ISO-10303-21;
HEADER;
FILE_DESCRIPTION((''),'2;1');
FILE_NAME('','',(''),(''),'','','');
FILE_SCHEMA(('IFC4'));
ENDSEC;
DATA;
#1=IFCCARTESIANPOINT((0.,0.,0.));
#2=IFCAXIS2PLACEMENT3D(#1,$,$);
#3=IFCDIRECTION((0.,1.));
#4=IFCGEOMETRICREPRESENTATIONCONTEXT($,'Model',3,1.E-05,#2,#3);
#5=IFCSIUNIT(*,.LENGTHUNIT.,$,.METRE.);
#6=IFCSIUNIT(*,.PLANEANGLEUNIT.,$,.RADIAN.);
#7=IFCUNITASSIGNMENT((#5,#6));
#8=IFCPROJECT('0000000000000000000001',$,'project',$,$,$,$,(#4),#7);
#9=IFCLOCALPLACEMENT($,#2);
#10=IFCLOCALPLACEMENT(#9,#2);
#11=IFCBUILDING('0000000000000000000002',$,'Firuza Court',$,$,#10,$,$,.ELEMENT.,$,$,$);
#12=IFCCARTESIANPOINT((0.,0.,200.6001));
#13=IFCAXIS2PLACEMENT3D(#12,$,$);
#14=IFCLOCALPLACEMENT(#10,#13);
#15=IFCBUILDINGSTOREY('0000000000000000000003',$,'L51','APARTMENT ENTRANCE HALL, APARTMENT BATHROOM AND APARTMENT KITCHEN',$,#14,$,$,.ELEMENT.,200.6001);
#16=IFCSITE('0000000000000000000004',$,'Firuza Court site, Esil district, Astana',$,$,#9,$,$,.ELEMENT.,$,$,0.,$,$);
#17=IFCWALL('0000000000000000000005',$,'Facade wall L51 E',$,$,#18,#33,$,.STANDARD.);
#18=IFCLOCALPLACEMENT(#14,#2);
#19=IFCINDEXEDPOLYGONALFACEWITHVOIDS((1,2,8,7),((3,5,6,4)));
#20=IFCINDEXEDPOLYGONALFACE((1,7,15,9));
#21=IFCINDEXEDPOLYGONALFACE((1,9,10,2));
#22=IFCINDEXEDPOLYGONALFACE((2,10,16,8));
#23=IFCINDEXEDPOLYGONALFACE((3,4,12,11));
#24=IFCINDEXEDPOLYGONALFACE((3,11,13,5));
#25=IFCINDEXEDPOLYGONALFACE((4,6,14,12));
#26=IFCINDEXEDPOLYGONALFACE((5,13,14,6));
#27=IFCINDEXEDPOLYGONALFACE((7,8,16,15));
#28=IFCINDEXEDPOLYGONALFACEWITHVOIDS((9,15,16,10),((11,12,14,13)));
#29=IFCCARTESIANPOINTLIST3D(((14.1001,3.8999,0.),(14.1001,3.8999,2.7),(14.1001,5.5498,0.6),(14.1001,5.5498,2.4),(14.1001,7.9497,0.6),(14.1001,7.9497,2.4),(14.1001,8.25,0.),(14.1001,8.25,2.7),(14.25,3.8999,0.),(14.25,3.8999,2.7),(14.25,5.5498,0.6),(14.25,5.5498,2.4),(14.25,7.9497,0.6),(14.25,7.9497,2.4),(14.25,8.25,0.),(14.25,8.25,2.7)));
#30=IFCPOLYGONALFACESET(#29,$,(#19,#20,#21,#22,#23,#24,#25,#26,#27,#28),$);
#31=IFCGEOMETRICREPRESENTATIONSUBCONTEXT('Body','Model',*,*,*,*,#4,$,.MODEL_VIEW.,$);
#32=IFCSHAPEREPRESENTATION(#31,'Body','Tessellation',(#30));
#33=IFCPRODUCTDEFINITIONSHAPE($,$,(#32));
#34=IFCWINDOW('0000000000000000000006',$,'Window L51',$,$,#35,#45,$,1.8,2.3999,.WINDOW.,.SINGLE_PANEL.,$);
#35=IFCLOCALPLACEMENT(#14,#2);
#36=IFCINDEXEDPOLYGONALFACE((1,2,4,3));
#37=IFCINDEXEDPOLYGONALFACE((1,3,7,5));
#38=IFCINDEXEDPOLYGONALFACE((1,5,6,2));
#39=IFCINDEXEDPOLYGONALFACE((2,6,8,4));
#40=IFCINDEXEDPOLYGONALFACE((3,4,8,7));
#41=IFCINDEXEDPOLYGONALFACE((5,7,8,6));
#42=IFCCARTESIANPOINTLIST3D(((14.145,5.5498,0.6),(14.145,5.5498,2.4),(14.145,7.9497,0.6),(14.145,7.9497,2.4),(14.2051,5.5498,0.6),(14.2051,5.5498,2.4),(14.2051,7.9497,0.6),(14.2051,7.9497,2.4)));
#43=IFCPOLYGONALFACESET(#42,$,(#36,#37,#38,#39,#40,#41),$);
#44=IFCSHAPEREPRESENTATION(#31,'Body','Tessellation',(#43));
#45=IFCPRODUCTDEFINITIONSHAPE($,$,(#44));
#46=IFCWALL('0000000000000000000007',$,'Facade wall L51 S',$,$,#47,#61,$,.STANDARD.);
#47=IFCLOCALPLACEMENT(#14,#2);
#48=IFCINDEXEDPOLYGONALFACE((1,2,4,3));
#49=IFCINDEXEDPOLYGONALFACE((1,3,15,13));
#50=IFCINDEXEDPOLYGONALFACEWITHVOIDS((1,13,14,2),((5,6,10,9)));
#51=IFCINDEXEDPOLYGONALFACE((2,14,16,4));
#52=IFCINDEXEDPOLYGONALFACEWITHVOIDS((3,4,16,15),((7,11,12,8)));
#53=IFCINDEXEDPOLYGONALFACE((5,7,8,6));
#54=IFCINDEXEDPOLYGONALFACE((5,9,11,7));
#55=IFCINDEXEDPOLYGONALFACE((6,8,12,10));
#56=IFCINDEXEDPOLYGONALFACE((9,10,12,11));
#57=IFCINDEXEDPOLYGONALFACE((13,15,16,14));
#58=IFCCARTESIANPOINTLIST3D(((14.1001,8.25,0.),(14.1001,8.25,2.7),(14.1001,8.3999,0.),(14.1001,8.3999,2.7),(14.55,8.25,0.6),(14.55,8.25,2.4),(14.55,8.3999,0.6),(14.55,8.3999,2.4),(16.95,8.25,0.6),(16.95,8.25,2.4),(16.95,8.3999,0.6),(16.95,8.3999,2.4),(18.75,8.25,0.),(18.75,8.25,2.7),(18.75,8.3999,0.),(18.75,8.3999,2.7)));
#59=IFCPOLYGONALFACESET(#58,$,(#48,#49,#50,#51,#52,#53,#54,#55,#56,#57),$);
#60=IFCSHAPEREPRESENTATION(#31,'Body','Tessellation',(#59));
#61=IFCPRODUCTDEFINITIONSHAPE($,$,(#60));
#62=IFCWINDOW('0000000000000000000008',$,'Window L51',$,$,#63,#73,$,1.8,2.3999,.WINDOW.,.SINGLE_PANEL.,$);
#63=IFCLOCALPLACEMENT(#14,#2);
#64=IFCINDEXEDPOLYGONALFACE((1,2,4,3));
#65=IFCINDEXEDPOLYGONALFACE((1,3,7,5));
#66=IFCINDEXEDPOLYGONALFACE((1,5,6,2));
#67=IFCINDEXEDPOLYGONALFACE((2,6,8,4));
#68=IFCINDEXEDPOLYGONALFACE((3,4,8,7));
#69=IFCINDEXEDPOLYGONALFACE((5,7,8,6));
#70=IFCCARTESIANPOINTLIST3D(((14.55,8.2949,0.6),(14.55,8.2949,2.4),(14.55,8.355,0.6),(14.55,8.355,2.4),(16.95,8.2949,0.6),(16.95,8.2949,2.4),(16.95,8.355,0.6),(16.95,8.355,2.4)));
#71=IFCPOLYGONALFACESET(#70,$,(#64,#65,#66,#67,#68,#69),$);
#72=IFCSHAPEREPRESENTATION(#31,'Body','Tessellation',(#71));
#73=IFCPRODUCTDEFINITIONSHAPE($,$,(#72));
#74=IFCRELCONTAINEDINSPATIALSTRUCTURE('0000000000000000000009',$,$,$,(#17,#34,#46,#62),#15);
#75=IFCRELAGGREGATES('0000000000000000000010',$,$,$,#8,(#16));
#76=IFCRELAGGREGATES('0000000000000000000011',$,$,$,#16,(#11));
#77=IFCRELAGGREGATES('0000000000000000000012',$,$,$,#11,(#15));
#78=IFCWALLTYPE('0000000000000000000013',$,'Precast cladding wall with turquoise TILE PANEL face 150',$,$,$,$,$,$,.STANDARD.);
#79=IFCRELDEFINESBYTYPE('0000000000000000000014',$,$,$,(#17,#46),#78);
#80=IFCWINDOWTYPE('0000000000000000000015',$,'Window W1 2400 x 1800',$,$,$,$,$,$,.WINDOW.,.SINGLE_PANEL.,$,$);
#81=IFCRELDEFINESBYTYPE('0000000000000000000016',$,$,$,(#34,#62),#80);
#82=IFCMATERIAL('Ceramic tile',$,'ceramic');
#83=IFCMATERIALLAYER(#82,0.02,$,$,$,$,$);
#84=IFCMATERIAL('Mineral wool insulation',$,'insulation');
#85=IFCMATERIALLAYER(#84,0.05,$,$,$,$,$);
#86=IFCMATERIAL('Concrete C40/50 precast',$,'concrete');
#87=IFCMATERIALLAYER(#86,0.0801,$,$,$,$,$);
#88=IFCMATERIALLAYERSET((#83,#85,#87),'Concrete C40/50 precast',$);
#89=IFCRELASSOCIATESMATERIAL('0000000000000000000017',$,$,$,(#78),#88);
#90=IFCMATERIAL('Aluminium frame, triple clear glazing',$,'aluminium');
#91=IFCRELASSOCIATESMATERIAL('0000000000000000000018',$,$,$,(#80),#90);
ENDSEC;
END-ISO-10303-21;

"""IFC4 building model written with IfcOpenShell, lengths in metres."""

from ifc_helpers import new_model, si_unit, direction, frame, frame_2d, origin, place, context, subcontext, project, spatial, rectangle, extrude, material, layer, layer_set, type_object, element, fill, save


model = new_model("IFC4")

# Units and contexts
model_context = context("Model", 3, precision=1e-05, world=origin(), true_north=direction((0.0, 1.0)))
body_context = subcontext(model_context, "Body", "Model", "MODEL_VIEW")
ifc_project = project(units=[si_unit("LENGTHUNIT", "METRE"), si_unit("PLANEANGLEUNIT", "RADIAN")], contexts=[model_context])

# Site, building, storey
site_placement = place(None, origin())
site = spatial("IfcSite", under=ifc_project, at=site_placement, Name="Firuza Court site, Esil district, Astana", CompositionType="ELEMENT", RefElevation=0.0)
building_placement = place(site_placement, origin())
building = spatial("IfcBuilding", under=site, at=building_placement, Name="Firuza Court", CompositionType="ELEMENT")
storey_placement = place(building_placement, frame((0.0, 0.0, 200.6001)))
storey = spatial("IfcBuildingStorey", under=building, at=storey_placement, Name="L51", Description="APARTMENT ENTRANCE HALL, APARTMENT BATHROOM AND APARTMENT KITCHEN", CompositionType="ELEMENT", Elevation=200.6001)

# Shared definitions
ifc_material_1 = material(Name="Ceramic tile", Category="ceramic")
ifc_layer_1 = layer(ifc_material_1, 0.02)
ifc_material_2 = material(Name="Mineral wool insulation", Category="insulation")
ifc_layer_2 = layer(ifc_material_2, 0.05)
ifc_material_3 = material(Name="Concrete C40/50 precast", Category="concrete")
ifc_layer_3 = layer(ifc_material_3, 0.0801)
ifc_layer_set_1 = layer_set([ifc_layer_1, ifc_layer_2, ifc_layer_3], Name="Concrete C40/50 precast")
wall_type_1 = type_object("IfcWallType", Name="Precast cladding wall with turquoise TILE PANEL face 150", PredefinedType="STANDARD", material=ifc_layer_set_1)

# Walls, openings, windows
wall_1_placement = place(storey_placement, frame((14.175, 3.8999, 0.0), z_axis=(0.0, 0.0, 1.0), x_axis=(0.0, 1.0, 0.0)))
wall_1 = element("IfcWall", 1, at=wall_1_placement, inside=storey, type_object=wall_type_1, Name="Facade wall L51 E", PredefinedType="STANDARD", context=body_context, shape_type="SweptSolid", body=[
    extrude(rectangle(XDim=4.3501, YDim=0.1499, at=frame_2d((2.175, 0.0))), origin(), (0.0, 0.0, 1.0), 2.7),
])
opening_1_placement = place(wall_1_placement, frame((1.6499, 0.0, 0.6001)))
opening_1 = element("IfcOpeningElement", 2, at=opening_1_placement, cuts=wall_1, PredefinedType="OPENING", context=body_context, shape_type="SweptSolid", body=[
    extrude(rectangle(XDim=2.3999, YDim=1.8, at=frame_2d((1.2, 0.8999))), frame((0.0, 0.0869, 0.0), z_axis=(0.0, -1.0, 0.0), x_axis=(1.0, 0.0, 0.0)), (0.0, 0.0, 1.0), 0.1738),
])
ifc_material_4 = material(Name="Aluminium frame, triple clear glazing", Category="aluminium")
window_type = type_object("IfcWindowType", Name="Window W1 2400 x 1800", PartitioningType="SINGLE_PANEL", PredefinedType="WINDOW", material=ifc_material_4)
window_1_placement = place(opening_1_placement, origin())
window_1 = element("IfcWindow", 3, at=window_1_placement, inside=storey, type_object=window_type, Name="Window L51", OverallHeight=1.8, OverallWidth=2.3999, PartitioningType="SINGLE_PANEL", PredefinedType="WINDOW", context=body_context, shape_type="SweptSolid", body=[
    extrude(rectangle(XDim=2.3999, YDim=1.8, at=frame_2d((1.2, 0.8999))), frame((0.0, 0.03, 0.0), z_axis=(0.0, -1.0, 0.0), x_axis=(1.0, 0.0, 0.0)), (0.0, 0.0, 1.0), 0.0601),
])
fill(opening_1, window_1)
wall_2_placement = place(storey_placement, frame((14.1001, 8.325, 0.0), z_axis=(0.0, 0.0, 1.0), x_axis=(1.0, 0.0, 0.0)))
wall_2 = element("IfcWall", 4, at=wall_2_placement, inside=storey, type_object=wall_type_1, Name="Facade wall L51 S", PredefinedType="STANDARD", context=body_context, shape_type="SweptSolid", body=[
    extrude(rectangle(XDim=4.6499, YDim=0.1499, at=frame_2d((2.325, 0.0))), origin(), (0.0, 0.0, 1.0), 2.7),
])
opening_2_placement = place(wall_2_placement, frame((0.45, 0.0, 0.6001)))
opening_2 = element("IfcOpeningElement", 5, at=opening_2_placement, cuts=wall_2, PredefinedType="OPENING", context=body_context, shape_type="SweptSolid", body=[
    extrude(rectangle(XDim=2.3999, YDim=1.8, at=frame_2d((1.2, 0.8999))), frame((0.0, 0.0869, 0.0), z_axis=(0.0, -1.0, 0.0), x_axis=(1.0, 0.0, 0.0)), (0.0, 0.0, 1.0), 0.1738),
])
window_2_placement = place(opening_2_placement, origin())
window_2 = element("IfcWindow", 6, at=window_2_placement, inside=storey, type_object=window_type, Name="Window L51", OverallHeight=1.8, OverallWidth=2.3999, PartitioningType="SINGLE_PANEL", PredefinedType="WINDOW", context=body_context, shape_type="SweptSolid", body=[
    extrude(rectangle(XDim=2.3999, YDim=1.8, at=frame_2d((1.2, 0.8999))), frame((0.0, 0.03, 0.0), z_axis=(0.0, -1.0, 0.0), x_axis=(1.0, 0.0, 0.0)), (0.0, 0.0, 1.0), 0.0601),
])
fill(opening_2, window_2)

save(model, "model.ifc")
